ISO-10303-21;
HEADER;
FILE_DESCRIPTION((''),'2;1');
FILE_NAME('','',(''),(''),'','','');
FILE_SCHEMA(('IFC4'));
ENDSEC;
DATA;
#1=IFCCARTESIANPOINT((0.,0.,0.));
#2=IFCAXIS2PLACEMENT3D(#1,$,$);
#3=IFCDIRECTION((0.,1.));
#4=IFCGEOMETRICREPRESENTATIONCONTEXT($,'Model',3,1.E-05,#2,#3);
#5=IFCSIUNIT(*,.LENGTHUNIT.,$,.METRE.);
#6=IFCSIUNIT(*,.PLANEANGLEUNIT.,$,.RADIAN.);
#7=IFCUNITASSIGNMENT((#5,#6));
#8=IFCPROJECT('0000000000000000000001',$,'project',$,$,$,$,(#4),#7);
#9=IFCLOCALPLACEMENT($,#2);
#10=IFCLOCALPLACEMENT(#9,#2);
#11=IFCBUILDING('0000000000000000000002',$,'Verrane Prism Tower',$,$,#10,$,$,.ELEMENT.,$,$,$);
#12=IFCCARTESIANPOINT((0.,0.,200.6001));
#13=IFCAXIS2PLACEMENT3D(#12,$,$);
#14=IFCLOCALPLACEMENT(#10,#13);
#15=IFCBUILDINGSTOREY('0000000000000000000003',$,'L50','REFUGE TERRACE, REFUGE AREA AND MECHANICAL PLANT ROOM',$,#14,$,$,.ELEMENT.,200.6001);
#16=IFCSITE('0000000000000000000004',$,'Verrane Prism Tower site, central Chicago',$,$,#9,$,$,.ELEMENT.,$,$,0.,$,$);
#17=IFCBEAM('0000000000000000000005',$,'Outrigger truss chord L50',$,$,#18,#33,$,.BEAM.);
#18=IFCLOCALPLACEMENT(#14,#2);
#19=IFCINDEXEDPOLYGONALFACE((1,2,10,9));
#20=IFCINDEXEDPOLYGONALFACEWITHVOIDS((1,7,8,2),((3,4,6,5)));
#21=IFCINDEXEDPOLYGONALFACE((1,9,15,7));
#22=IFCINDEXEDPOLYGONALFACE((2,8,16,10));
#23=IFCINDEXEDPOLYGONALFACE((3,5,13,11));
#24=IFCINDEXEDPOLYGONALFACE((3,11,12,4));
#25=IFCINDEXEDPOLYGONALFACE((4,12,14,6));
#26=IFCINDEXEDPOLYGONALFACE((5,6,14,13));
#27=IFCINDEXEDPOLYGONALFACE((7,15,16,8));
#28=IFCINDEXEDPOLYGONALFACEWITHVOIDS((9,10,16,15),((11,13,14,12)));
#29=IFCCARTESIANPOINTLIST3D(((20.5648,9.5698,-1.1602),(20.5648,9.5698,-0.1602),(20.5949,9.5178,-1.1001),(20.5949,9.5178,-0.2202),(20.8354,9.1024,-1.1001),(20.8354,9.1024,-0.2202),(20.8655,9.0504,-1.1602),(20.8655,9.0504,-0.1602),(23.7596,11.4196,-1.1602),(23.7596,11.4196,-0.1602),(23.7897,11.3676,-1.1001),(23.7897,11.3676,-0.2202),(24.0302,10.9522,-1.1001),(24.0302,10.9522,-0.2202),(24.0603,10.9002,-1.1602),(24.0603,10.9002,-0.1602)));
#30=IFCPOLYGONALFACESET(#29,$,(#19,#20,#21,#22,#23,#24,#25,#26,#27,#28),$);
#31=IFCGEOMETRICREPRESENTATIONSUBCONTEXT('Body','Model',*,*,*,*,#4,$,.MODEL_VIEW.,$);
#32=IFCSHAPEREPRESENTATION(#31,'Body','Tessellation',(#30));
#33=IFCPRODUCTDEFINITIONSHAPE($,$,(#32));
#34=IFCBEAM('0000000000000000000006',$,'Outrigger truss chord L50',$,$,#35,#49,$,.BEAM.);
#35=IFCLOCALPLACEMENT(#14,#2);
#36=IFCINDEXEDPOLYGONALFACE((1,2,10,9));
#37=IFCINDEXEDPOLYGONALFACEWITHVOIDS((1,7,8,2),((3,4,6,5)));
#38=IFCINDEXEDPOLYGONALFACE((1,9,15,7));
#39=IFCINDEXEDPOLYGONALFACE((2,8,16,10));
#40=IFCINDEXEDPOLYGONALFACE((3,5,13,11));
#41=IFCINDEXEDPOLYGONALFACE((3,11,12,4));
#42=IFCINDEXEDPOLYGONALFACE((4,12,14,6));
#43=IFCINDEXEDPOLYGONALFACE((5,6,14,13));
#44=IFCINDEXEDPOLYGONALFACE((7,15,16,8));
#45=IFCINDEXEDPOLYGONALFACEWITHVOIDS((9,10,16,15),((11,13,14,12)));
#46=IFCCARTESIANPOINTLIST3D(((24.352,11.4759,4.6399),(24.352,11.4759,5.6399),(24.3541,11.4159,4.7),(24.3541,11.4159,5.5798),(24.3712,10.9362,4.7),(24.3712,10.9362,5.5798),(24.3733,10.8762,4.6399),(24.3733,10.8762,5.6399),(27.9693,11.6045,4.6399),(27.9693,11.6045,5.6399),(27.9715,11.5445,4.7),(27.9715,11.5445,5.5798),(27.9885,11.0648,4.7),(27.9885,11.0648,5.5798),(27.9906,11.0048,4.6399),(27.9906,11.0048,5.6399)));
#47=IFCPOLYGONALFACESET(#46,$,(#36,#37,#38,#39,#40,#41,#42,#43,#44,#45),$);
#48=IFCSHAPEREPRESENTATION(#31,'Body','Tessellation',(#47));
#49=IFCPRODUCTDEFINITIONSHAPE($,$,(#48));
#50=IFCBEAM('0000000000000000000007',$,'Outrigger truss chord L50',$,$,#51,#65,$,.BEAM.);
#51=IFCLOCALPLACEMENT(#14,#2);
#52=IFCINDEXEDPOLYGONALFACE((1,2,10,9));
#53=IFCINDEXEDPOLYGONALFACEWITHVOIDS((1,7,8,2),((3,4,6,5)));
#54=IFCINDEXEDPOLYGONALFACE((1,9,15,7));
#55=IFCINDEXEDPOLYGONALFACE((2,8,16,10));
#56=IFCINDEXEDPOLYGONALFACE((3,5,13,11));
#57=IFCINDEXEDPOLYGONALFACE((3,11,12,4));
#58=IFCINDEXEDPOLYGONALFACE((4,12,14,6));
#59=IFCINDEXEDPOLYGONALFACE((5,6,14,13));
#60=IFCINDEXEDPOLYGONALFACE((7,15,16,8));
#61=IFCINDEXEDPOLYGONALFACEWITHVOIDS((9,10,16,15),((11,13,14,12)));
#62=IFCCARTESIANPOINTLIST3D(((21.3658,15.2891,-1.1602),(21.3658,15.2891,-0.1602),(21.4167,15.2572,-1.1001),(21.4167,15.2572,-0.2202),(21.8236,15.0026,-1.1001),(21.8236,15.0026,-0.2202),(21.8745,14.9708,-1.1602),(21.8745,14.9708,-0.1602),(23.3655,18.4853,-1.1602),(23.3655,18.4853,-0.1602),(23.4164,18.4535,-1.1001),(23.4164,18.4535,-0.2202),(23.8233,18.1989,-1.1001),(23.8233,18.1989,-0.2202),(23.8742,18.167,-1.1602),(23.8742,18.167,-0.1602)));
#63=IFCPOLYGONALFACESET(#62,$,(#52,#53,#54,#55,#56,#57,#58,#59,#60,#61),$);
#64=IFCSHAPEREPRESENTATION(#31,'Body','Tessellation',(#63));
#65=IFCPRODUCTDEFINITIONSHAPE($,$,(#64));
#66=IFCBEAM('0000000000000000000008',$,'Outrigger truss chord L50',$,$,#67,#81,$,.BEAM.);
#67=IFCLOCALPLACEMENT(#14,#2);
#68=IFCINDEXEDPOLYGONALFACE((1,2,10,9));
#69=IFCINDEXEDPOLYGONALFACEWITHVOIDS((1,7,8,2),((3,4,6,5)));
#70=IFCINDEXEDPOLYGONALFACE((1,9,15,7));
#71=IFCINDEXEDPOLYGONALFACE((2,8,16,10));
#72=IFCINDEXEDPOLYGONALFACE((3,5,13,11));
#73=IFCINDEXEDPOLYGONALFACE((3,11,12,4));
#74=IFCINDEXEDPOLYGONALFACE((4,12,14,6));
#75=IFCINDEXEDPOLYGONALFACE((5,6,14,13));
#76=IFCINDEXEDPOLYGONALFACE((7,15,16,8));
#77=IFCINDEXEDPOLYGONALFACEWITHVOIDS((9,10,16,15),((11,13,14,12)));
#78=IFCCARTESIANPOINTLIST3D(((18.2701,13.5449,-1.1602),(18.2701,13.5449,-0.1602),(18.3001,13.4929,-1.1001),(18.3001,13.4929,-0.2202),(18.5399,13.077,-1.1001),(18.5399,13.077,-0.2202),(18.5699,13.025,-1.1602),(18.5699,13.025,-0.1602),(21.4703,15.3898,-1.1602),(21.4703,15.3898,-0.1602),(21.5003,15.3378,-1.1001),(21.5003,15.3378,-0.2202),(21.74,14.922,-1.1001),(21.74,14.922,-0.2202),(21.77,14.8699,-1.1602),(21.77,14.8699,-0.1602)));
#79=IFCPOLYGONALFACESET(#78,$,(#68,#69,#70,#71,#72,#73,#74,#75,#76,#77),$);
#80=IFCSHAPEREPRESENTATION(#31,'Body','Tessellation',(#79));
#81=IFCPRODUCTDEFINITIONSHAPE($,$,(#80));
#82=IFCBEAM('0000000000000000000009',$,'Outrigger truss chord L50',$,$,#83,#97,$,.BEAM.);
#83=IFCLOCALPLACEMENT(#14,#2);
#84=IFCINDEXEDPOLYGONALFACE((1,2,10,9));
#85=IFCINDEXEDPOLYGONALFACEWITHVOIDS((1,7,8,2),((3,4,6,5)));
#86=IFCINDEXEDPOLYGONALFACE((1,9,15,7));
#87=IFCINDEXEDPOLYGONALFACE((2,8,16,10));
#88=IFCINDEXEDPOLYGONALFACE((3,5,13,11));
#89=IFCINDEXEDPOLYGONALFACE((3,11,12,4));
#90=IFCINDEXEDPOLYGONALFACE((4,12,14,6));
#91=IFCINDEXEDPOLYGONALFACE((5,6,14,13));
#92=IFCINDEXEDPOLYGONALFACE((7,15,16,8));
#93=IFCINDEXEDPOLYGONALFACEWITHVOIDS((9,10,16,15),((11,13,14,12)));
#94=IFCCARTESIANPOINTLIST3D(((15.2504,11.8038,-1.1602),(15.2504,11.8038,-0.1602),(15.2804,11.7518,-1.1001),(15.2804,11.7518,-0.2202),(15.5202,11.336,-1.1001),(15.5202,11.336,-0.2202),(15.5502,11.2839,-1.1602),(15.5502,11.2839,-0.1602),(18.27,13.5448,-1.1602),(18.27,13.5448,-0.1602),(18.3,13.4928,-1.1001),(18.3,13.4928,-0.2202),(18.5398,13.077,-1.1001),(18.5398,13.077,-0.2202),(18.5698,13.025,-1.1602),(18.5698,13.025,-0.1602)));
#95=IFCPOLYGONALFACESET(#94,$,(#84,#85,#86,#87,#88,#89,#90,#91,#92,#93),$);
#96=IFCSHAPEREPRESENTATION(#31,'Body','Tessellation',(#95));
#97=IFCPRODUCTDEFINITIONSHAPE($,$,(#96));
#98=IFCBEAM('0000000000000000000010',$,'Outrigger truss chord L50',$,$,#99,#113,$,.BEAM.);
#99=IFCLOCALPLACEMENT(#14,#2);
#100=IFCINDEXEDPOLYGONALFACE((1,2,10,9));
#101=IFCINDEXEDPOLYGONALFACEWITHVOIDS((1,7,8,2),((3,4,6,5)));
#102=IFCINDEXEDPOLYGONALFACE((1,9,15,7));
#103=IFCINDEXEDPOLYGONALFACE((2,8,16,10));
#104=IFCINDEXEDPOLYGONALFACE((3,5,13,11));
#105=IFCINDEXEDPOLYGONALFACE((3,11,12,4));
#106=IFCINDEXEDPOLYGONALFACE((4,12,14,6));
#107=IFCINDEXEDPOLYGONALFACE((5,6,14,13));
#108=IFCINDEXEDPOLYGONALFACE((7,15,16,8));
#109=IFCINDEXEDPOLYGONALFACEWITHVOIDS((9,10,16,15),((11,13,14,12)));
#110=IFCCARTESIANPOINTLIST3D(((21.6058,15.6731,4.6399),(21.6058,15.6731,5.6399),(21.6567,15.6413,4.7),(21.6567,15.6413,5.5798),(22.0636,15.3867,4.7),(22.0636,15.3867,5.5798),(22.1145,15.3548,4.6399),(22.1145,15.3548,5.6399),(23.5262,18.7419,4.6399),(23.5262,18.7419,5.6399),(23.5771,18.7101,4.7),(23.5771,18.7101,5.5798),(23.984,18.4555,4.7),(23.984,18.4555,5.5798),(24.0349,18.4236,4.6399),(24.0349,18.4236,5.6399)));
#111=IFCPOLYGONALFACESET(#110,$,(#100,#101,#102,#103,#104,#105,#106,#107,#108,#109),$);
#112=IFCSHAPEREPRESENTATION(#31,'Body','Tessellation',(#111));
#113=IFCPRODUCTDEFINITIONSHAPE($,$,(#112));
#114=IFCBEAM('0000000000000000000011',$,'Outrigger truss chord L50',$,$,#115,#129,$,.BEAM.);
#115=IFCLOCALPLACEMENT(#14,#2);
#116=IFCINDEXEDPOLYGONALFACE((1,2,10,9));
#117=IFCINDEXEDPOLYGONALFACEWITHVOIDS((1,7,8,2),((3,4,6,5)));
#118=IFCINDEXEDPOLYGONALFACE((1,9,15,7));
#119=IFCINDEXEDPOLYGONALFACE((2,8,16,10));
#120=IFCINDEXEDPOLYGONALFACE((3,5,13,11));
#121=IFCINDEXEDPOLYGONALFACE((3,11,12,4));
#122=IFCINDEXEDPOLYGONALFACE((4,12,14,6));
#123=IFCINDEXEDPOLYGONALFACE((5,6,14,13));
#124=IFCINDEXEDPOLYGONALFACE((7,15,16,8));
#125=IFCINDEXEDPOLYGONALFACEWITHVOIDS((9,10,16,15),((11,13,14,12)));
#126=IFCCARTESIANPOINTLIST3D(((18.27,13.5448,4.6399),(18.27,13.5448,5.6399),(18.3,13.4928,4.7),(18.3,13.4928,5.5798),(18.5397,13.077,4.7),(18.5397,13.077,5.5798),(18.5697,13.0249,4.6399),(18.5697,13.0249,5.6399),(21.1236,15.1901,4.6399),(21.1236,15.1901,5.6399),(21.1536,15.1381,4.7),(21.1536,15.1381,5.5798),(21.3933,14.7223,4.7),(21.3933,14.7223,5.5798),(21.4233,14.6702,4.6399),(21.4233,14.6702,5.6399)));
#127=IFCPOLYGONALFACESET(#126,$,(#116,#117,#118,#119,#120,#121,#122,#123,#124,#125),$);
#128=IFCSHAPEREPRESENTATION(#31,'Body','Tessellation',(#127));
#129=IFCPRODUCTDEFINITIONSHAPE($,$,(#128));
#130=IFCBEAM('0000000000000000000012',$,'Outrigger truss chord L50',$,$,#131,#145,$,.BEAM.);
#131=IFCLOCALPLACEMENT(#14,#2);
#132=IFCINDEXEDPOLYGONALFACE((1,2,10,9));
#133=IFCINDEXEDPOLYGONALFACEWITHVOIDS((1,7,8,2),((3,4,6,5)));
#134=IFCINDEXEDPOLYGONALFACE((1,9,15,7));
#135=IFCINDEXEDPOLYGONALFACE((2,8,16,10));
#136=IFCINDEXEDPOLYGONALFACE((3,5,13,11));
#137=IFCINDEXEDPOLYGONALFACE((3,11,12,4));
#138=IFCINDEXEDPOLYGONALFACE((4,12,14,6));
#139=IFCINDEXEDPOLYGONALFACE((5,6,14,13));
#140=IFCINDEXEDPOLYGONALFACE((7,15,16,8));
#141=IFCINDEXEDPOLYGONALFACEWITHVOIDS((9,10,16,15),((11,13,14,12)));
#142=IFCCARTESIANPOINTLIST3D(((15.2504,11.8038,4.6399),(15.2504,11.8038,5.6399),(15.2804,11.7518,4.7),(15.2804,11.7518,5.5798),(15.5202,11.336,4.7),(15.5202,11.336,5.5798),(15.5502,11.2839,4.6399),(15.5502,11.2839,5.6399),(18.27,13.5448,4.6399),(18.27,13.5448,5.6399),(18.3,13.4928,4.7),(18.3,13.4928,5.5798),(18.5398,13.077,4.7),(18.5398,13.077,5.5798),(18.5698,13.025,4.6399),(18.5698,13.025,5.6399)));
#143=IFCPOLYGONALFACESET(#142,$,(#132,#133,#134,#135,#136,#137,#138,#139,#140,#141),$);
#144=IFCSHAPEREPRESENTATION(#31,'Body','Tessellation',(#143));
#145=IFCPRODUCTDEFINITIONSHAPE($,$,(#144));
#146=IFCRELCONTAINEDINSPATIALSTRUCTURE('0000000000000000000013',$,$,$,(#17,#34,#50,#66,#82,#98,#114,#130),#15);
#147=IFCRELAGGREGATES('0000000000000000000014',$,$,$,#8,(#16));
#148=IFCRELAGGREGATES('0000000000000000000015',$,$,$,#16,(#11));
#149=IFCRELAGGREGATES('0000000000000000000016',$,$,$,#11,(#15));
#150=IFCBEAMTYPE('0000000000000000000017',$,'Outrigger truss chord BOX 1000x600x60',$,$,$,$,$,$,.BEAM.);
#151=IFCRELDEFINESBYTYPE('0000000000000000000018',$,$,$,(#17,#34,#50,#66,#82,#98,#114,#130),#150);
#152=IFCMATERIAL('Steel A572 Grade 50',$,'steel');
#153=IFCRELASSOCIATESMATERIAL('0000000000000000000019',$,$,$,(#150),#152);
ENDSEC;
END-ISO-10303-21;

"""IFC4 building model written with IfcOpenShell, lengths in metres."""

from ifc_helpers import new_model, si_unit, direction, frame, origin, origin_2d, place, context, subcontext, project, spatial, hollow_rectangle, extrude, material, material_profile, profile_set, type_object, element, save


model = new_model("IFC4")

# Units and contexts
model_context = context("Model", 3, precision=1e-05, world=origin(), true_north=direction((0.0, 1.0)))
body_context = subcontext(model_context, "Body", "Model", "MODEL_VIEW")
ifc_project = project(units=[si_unit("LENGTHUNIT", "METRE"), si_unit("PLANEANGLEUNIT", "RADIAN")], contexts=[model_context])

# Site, building, storey
site_placement = place(None, origin())
site = spatial("IfcSite", under=ifc_project, at=site_placement, Name="Verrane Prism Tower site, central Chicago", CompositionType="ELEMENT", RefElevation=0.0)
building_placement = place(site_placement, origin())
building = spatial("IfcBuilding", under=site, at=building_placement, Name="Verrane Prism Tower", CompositionType="ELEMENT")
storey_placement = place(building_placement, frame((0.0, 0.0, 200.6001)))
storey = spatial("IfcBuildingStorey", under=building, at=storey_placement, Name="L50", Description="REFUGE TERRACE, REFUGE AREA AND MECHANICAL PLANT ROOM", CompositionType="ELEMENT", Elevation=200.6001)

# Beams
ifc_material_1 = material(Name="Steel A572 Grade 50", Category="steel")
ifc_material_profile_1 = material_profile(ifc_material_1, hollow_rectangle(XDim=0.6001, YDim=1.0, WallThickness=0.0601, at=origin_2d()), Name="BOX 1000x600x60")
ifc_profile_set_1 = profile_set([ifc_material_profile_1], Name="Steel A572 Grade 50")
beam_type_1 = type_object("IfcBeamType", Name="Outrigger truss chord BOX 1000x600x60", PredefinedType="BEAM", material=ifc_profile_set_1)
beam_1_placement = place(storey_placement, frame((23.9099, 11.1599, -0.6602), z_axis=(-0.865401, -0.501081, 0.0), x_axis=(0.501081, -0.865401, 0.0)))
element("IfcBeam", 1, at=beam_1_placement, inside=storey, type_object=beam_type_1, Name="Outrigger truss chord L50", PredefinedType="BEAM", context=body_context, shape_type="SweptSolid", body=[
    extrude(hollow_rectangle(XDim=0.6001, YDim=1.0, WallThickness=0.0601, at=origin_2d()), origin(), (0.0, 0.0, 1.0), 3.6917),
])
beam_2_placement = place(storey_placement, frame((27.98, 11.3047, 5.1399), z_axis=(-0.999368, -0.035545, 0.0), x_axis=(0.035545, -0.999368, 0.0)))
element("IfcBeam", 2, at=beam_2_placement, inside=storey, type_object=beam_type_1, Name="Outrigger truss chord L50", PredefinedType="BEAM", context=body_context, shape_type="SweptSolid", body=[
    extrude(hollow_rectangle(XDim=0.6001, YDim=1.0, WallThickness=0.0601, at=origin_2d()), origin(), (0.0, 0.0, 1.0), 3.6196),
])
beam_3_placement = place(storey_placement, frame((23.6199, 18.3262, -0.6602), z_axis=(-0.530395, -0.847751, 0.0), x_axis=(0.847751, -0.530395, 0.0)))
element("IfcBeam", 3, at=beam_3_placement, inside=storey, type_object=beam_type_1, Name="Outrigger truss chord L50", PredefinedType="BEAM", context=body_context, shape_type="SweptSolid", body=[
    extrude(hollow_rectangle(XDim=0.6001, YDim=1.0, WallThickness=0.0601, at=origin_2d()), origin(), (0.0, 0.0, 1.0), 3.7703),
])
beam_4_placement = place(storey_placement, frame((21.6201, 15.1299, -0.6602), z_axis=(-0.866337, -0.499459, 0.0), x_axis=(0.499459, -0.866337, 0.0)))
element("IfcBeam", 4, at=beam_4_placement, inside=storey, type_object=beam_type_1, Name="Outrigger truss chord L50", PredefinedType="BEAM", context=body_context, shape_type="SweptSolid", body=[
    extrude(hollow_rectangle(XDim=0.6001, YDim=1.0, WallThickness=0.0601, at=origin_2d()), origin(), (0.0, 0.0, 1.0), 3.6938),
])
beam_5_placement = place(storey_placement, frame((18.4199, 13.2849, -0.6602), z_axis=(-0.866318, -0.499492, 0.0), x_axis=(0.499492, -0.866318, 0.0)))
element("IfcBeam", 5, at=beam_5_placement, inside=storey, type_object=beam_type_1, Name="Outrigger truss chord L50", PredefinedType="BEAM", context=body_context, shape_type="SweptSolid", body=[
    extrude(hollow_rectangle(XDim=0.6001, YDim=1.0, WallThickness=0.0601, at=origin_2d()), origin(), (0.0, 0.0, 1.0), 3.4856),
])
beam_6_placement = place(storey_placement, frame((23.7805, 18.5828, 5.1399), z_axis=(-0.530472, -0.847703, 0.0), x_axis=(0.847703, -0.530472, 0.0)))
element("IfcBeam", 6, at=beam_6_placement, inside=storey, type_object=beam_type_1, Name="Outrigger truss chord L50", PredefinedType="BEAM", context=body_context, shape_type="SweptSolid", body=[
    extrude(hollow_rectangle(XDim=0.6001, YDim=1.0, WallThickness=0.0601, at=origin_2d()), origin(), (0.0, 0.0, 1.0), 3.6201),
])
beam_7_placement = place(storey_placement, frame((21.2734, 14.9302, 5.1399), z_axis=(-0.866316, -0.499496, 0.0), x_axis=(0.499496, -0.866316, 0.0)))
element("IfcBeam", 7, at=beam_7_placement, inside=storey, type_object=beam_type_1, Name="Outrigger truss chord L50", PredefinedType="BEAM", context=body_context, shape_type="SweptSolid", body=[
    extrude(hollow_rectangle(XDim=0.6001, YDim=1.0, WallThickness=0.0601, at=origin_2d()), origin(), (0.0, 0.0, 1.0), 3.2939),
])
beam_8_placement = place(storey_placement, frame((18.4199, 13.2849, 5.1399), z_axis=(-0.866318, -0.499492, 0.0), x_axis=(0.499492, -0.866318, 0.0)))
element("IfcBeam", 8, at=beam_8_placement, inside=storey, type_object=beam_type_1, Name="Outrigger truss chord L50", PredefinedType="BEAM", context=body_context, shape_type="SweptSolid", body=[
    extrude(hollow_rectangle(XDim=0.6001, YDim=1.0, WallThickness=0.0601, at=origin_2d()), origin(), (0.0, 0.0, 1.0), 3.4856),
])

save(model, "model.ifc")
